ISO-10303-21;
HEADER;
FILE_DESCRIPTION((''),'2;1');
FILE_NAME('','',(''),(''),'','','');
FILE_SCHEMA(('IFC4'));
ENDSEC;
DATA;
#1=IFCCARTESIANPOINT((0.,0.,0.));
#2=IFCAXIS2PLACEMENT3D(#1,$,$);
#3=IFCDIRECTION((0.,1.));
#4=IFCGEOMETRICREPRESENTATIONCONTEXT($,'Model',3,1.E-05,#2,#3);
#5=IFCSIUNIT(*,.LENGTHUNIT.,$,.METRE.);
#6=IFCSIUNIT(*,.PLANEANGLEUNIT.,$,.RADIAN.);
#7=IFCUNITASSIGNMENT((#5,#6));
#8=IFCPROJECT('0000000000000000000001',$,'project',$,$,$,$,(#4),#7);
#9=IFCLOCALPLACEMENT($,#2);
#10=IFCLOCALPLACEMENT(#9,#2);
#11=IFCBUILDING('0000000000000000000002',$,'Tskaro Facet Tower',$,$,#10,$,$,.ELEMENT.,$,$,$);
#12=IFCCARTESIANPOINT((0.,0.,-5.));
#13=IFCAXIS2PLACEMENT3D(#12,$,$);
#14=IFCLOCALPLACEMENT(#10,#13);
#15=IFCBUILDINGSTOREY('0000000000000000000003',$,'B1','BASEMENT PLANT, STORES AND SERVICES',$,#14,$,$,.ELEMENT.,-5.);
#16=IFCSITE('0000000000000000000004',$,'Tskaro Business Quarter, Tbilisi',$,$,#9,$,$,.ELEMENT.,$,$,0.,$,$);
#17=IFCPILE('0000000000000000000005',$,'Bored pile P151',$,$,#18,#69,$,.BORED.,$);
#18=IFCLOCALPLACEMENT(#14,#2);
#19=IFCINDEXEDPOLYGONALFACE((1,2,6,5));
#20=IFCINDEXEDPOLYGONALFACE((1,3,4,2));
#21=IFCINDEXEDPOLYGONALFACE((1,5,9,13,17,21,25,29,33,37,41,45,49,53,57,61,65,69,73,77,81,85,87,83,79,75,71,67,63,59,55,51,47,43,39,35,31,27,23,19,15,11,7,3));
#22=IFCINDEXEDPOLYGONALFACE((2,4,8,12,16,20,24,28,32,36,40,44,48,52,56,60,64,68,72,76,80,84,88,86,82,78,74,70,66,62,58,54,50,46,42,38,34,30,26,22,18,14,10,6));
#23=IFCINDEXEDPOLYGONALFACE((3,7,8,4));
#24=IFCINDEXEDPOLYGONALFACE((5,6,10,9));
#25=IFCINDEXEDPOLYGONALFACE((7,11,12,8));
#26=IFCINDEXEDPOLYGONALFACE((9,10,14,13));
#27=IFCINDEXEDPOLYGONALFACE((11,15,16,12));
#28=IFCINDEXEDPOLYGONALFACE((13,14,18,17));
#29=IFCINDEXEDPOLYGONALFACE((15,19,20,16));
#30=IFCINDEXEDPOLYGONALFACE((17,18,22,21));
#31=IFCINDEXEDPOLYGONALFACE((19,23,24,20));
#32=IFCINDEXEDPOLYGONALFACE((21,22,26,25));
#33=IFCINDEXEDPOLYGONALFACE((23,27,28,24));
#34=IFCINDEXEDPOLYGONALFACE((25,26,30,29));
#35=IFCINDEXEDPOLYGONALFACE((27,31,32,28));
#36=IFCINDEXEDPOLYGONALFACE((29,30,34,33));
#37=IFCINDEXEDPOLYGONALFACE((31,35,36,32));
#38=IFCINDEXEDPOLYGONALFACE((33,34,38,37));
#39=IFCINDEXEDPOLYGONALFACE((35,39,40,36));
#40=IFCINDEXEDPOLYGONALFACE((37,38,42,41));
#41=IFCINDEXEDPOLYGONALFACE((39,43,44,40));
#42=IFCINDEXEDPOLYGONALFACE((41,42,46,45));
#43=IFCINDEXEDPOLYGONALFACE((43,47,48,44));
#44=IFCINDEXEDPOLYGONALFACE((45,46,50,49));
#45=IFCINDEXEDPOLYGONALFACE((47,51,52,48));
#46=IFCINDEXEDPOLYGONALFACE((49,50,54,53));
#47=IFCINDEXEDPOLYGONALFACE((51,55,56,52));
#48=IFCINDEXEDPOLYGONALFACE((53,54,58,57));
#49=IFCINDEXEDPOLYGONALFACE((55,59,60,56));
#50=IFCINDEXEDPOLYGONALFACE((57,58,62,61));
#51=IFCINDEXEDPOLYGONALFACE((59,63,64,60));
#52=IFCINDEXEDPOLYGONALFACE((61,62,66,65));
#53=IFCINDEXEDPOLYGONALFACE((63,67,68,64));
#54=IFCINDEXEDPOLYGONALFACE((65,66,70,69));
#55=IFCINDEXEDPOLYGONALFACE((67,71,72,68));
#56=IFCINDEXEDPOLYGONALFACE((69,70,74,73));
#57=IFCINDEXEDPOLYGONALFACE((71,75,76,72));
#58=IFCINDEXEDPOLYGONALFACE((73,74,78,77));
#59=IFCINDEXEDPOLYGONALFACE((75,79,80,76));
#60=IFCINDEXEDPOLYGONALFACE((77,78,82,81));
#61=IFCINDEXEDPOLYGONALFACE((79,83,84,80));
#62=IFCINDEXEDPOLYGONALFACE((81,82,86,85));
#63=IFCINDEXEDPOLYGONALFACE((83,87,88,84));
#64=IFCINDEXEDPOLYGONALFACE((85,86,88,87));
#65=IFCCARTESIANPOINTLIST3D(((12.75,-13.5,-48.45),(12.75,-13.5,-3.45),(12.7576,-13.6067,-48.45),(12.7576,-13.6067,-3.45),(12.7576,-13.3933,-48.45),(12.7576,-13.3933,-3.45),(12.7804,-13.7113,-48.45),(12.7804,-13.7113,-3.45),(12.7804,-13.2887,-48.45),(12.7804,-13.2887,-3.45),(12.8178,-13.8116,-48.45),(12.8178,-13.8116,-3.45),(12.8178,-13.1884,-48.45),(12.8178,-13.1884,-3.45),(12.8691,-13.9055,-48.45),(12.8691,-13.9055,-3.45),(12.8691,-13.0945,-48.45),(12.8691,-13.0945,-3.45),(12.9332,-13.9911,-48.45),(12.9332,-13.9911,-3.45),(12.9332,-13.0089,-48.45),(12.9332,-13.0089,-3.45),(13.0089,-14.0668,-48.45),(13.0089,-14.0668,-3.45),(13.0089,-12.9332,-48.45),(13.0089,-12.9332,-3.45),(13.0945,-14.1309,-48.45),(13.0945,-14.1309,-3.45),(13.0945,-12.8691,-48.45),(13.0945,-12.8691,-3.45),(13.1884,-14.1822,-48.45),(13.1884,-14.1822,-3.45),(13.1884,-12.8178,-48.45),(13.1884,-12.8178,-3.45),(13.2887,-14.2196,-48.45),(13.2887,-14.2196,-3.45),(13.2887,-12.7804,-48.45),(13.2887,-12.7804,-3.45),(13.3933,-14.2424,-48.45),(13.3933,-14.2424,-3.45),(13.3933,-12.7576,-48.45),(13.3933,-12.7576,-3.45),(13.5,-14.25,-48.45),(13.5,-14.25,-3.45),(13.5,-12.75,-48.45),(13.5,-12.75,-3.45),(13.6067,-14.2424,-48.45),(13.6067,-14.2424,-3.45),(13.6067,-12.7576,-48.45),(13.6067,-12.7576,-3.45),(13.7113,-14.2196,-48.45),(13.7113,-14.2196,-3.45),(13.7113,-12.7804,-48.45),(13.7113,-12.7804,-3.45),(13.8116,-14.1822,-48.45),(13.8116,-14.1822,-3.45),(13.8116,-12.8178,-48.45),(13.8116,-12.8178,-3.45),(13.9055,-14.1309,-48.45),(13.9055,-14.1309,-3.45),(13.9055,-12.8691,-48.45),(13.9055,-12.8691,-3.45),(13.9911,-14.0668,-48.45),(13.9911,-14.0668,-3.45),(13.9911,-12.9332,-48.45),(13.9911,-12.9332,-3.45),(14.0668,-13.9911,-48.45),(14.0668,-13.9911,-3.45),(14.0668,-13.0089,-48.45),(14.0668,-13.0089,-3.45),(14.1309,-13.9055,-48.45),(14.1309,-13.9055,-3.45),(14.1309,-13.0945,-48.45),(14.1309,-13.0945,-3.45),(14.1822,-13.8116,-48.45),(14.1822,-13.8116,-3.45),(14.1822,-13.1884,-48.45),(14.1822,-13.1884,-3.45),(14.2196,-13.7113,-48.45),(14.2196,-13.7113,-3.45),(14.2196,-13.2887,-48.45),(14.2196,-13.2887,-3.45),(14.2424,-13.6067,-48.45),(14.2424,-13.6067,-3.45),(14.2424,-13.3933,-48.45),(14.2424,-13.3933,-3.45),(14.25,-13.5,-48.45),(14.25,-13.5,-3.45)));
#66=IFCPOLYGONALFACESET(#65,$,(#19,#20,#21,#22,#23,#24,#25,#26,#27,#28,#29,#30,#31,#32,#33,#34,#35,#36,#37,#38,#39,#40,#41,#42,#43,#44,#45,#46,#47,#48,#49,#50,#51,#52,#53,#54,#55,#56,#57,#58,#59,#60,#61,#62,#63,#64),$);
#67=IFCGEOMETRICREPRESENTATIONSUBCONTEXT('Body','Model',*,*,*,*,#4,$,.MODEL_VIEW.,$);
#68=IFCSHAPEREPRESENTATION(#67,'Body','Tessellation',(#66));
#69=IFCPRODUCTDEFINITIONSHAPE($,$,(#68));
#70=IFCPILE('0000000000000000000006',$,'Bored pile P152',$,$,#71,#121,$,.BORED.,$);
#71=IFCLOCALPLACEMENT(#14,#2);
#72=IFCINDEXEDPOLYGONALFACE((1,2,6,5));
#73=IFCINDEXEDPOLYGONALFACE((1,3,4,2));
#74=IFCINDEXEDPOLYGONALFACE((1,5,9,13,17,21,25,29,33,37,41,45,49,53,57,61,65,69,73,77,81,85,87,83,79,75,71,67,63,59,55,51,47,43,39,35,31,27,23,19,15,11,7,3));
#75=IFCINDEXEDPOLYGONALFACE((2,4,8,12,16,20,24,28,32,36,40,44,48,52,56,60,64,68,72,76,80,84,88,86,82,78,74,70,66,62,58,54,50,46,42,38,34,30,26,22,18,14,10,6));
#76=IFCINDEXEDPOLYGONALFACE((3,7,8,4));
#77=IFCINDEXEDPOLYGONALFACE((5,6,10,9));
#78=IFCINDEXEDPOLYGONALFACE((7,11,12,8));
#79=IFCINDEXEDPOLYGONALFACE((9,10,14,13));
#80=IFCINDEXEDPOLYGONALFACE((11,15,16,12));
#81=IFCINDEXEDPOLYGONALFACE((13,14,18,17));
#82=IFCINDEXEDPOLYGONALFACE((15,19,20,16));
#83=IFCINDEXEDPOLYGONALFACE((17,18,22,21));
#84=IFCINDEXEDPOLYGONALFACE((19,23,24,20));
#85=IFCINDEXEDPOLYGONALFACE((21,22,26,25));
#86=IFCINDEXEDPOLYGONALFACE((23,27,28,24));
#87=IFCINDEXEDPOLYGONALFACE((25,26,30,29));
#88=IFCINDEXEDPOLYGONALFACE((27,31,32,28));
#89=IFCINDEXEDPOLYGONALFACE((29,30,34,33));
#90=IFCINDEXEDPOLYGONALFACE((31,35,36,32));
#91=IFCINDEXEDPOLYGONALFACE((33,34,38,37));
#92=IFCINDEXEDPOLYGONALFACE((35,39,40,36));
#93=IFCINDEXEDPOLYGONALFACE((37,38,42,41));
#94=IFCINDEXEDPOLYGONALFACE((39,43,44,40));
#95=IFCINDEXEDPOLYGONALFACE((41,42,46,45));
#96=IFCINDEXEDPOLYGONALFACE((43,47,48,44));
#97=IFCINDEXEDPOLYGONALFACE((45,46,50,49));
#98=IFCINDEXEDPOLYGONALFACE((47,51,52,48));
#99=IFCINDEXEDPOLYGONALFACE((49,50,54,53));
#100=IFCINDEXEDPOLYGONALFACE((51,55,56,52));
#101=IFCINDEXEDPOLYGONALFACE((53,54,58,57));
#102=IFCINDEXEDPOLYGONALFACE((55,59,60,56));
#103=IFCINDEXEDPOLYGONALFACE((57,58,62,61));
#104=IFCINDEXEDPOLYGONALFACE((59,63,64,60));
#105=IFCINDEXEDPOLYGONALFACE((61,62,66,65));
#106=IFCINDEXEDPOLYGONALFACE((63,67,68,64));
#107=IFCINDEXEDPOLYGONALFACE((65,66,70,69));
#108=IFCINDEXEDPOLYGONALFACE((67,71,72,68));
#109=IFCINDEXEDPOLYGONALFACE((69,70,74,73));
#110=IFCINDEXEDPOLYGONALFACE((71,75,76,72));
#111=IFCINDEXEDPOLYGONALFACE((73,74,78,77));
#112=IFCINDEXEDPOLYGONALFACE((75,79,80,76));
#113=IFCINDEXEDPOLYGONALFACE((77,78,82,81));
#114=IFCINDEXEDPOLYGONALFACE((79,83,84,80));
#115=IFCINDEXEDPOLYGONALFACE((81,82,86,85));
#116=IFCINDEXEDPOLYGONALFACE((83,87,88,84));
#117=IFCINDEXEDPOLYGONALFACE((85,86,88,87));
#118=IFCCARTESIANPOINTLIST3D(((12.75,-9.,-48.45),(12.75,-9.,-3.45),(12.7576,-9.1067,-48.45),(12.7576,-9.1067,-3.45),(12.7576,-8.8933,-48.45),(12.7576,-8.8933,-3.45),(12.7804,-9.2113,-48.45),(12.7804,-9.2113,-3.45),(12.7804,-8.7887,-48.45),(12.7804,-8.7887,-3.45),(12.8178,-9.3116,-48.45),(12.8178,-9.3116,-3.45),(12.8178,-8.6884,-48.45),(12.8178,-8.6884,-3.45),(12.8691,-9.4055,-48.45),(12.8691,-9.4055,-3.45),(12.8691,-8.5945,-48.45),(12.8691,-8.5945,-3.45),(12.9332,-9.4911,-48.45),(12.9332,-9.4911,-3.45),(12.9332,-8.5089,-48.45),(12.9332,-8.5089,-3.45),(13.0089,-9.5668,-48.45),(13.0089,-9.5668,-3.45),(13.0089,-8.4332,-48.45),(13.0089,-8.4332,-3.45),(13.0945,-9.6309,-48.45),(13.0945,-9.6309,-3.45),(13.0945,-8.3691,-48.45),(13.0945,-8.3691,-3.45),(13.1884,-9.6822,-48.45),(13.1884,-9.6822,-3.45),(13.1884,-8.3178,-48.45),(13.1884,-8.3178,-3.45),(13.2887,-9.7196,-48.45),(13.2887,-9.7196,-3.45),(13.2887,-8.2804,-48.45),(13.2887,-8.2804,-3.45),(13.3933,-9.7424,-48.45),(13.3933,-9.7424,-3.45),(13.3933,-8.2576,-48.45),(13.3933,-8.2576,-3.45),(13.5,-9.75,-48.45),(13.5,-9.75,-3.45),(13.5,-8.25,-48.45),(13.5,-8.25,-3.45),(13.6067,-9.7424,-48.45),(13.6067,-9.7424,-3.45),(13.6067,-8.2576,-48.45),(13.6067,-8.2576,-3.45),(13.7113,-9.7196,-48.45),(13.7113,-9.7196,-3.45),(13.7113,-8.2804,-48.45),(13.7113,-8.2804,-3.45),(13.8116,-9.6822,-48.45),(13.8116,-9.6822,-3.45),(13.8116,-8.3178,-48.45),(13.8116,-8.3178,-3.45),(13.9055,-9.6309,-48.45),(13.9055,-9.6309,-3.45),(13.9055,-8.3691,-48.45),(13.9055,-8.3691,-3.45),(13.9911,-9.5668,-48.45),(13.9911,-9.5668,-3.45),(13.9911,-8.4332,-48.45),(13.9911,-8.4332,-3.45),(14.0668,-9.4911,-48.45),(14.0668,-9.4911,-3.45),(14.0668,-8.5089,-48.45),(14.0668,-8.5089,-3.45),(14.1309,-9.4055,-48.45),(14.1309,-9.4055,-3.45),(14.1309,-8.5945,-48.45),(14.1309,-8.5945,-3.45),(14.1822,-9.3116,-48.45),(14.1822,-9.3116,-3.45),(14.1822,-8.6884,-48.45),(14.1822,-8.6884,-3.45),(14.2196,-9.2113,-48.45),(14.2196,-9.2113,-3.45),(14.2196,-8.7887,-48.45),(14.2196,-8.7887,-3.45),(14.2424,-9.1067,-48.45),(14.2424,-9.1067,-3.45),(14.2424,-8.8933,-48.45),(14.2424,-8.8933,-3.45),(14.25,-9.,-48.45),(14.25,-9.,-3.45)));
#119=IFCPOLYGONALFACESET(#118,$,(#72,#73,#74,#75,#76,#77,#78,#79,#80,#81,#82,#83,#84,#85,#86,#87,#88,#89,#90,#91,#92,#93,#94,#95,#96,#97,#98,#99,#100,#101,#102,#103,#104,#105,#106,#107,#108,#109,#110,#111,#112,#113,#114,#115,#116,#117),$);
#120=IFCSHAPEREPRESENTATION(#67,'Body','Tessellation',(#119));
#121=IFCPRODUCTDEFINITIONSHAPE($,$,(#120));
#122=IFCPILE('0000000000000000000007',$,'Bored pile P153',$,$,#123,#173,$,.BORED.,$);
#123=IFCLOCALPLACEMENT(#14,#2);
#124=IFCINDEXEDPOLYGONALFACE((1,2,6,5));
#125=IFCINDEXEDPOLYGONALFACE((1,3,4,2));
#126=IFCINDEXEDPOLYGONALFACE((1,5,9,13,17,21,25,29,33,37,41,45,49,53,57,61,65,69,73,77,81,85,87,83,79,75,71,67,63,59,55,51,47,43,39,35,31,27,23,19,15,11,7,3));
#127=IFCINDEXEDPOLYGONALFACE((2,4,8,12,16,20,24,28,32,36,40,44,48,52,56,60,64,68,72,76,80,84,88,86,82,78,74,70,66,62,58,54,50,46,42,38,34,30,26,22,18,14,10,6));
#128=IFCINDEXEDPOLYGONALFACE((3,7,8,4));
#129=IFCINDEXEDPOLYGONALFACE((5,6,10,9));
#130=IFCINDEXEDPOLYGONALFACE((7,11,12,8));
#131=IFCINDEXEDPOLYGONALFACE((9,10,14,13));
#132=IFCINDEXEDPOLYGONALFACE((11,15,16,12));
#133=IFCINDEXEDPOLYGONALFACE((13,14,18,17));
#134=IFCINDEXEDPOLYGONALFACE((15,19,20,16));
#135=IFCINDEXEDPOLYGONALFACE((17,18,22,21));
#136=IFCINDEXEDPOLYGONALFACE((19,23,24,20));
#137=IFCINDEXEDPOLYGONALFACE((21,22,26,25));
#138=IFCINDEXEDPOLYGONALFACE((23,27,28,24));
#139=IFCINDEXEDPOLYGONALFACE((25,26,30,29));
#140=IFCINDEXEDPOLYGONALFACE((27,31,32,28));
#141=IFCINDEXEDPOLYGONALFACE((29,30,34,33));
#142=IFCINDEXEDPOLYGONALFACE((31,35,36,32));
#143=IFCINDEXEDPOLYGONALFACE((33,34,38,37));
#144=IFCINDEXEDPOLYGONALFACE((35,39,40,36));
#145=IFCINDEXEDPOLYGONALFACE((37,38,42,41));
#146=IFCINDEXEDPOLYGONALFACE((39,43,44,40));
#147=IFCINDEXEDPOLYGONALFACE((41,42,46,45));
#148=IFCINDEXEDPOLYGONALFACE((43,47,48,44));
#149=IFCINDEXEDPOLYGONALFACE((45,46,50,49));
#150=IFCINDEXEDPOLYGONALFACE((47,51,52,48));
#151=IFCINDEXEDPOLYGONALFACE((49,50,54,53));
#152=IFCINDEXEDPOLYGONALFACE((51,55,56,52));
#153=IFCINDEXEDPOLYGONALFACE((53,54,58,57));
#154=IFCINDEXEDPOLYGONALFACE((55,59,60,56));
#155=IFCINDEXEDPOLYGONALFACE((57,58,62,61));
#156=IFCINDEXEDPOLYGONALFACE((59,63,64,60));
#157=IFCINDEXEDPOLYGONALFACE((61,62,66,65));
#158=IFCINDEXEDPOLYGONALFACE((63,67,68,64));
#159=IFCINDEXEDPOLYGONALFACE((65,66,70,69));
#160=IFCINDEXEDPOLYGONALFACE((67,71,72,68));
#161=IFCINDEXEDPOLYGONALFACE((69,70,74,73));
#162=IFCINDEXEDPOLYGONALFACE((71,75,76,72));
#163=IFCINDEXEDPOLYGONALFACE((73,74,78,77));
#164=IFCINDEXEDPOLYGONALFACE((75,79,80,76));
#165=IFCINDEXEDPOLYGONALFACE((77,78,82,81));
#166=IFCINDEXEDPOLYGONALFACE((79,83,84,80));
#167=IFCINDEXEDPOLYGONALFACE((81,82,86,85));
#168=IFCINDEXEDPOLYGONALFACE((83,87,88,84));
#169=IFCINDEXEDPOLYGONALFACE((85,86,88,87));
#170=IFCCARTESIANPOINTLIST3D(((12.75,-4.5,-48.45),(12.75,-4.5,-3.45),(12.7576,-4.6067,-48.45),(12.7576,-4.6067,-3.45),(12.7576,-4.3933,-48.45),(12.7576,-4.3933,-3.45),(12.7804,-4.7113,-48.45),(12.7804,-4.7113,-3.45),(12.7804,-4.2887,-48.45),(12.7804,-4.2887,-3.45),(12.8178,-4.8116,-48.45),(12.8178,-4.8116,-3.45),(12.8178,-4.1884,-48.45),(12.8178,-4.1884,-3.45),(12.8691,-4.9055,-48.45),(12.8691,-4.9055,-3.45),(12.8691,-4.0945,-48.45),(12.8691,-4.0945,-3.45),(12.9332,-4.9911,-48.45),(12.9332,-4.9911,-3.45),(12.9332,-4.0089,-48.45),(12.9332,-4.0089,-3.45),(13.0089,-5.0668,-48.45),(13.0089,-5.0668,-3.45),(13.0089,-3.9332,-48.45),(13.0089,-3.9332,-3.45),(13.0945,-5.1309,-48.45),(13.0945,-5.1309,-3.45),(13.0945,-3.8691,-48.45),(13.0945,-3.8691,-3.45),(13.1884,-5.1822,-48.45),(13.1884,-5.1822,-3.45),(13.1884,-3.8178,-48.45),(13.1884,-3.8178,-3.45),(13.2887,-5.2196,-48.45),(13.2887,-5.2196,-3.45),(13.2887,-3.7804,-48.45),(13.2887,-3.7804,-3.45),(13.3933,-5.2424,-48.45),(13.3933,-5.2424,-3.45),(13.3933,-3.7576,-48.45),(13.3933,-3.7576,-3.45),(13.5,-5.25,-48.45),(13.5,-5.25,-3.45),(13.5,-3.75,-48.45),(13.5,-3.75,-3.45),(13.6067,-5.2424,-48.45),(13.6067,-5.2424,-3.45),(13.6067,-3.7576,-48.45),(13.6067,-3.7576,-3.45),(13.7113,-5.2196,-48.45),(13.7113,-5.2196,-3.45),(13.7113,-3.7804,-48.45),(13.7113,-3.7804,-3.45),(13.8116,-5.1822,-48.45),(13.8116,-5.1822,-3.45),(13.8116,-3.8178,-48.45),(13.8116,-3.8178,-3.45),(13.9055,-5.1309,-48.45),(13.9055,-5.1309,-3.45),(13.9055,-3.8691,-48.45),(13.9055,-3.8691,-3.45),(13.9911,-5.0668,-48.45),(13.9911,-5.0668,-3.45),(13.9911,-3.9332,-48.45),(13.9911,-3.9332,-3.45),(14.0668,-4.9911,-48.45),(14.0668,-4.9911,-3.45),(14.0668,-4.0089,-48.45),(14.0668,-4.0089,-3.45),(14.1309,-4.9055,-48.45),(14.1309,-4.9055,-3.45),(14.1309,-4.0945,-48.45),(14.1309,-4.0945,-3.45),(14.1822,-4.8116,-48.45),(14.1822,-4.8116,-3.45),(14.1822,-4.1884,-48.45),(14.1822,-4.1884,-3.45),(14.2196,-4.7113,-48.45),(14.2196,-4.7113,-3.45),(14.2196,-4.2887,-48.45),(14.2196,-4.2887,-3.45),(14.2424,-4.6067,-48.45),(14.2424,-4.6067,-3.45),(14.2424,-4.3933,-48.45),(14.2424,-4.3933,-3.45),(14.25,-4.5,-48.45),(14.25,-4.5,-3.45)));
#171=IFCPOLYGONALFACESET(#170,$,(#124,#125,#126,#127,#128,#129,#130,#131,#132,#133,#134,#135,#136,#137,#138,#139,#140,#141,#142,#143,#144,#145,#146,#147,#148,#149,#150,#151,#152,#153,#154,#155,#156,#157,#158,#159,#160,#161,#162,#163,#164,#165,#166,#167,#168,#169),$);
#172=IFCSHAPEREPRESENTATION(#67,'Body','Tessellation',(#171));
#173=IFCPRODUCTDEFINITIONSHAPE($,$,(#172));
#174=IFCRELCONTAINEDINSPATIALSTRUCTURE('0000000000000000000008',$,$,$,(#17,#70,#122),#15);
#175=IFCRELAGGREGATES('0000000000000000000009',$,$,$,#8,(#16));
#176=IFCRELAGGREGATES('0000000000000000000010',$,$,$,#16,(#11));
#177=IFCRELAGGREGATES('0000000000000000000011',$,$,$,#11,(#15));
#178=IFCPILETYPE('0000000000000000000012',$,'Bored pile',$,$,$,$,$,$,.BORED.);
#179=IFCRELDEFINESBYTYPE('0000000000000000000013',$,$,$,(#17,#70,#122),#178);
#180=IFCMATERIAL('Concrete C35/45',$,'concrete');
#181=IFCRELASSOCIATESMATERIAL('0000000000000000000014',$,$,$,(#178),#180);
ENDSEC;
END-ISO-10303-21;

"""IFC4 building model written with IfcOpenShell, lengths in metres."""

from ifc_helpers import new_model, si_unit, direction, frame, origin, origin_2d, place, context, subcontext, project, spatial, circle, extrude, material, material_profile, profile_set, type_object, element, save


model = new_model("IFC4")

# Units and contexts
model_context = context("Model", 3, precision=1e-05, world=origin(), true_north=direction((0.0, 1.0)))
body_context = subcontext(model_context, "Body", "Model", "MODEL_VIEW")
ifc_project = project(units=[si_unit("LENGTHUNIT", "METRE"), si_unit("PLANEANGLEUNIT", "RADIAN")], contexts=[model_context])

# Site, building, storey
site_placement = place(None, origin())
site = spatial("IfcSite", under=ifc_project, at=site_placement, Name="Tskaro Business Quarter, Tbilisi", CompositionType="ELEMENT", RefElevation=0.0)
building_placement = place(site_placement, origin())
building = spatial("IfcBuilding", under=site, at=building_placement, Name="Tskaro Facet Tower", CompositionType="ELEMENT")
storey_placement = place(building_placement, frame((0.0, 0.0, -5.0)))
storey = spatial("IfcBuildingStorey", under=building, at=storey_placement, Name="B1", Description="BASEMENT PLANT, STORES AND SERVICES", CompositionType="ELEMENT", Elevation=-5.0)

# Piles
ifc_material_1 = material(Name="Concrete C35/45", Category="concrete")
ifc_material_profile_1 = material_profile(ifc_material_1, circle(Radius=0.75, at=origin_2d()), Name="Bored pile")
ifc_profile_set_1 = profile_set([ifc_material_profile_1], Name="Concrete C35/45")
pile_type = type_object("IfcPileType", Name="Bored pile", PredefinedType="BORED", material=ifc_profile_set_1)
for number, where, z_axis, x_axis, name in (
    (1, (13.5, -13.5, -3.45), (0.0, 0.0, -1.0), (1.0, 0.0, 0.0), "Bored pile P151"),
    (2, (13.5, -9.0, -3.45), (0.0, 0.0, -1.0), (1.0, 0.0, 0.0), "Bored pile P152"),
    (3, (13.5, -4.5, -3.45), (0.0, 0.0, -1.0), (1.0, 0.0, 0.0), "Bored pile P153"),
):
    element("IfcPile", number, at=place(storey_placement, frame(where, z_axis=z_axis, x_axis=x_axis)), inside=storey, type_object=pile_type, Name=name, PredefinedType="BORED", context=body_context, shape_type="SweptSolid", body=[
        extrude(circle(Radius=0.75, at=origin_2d()), origin(), (0.0, 0.0, 1.0), 45.0),
    ])

save(model, "model.ifc")
